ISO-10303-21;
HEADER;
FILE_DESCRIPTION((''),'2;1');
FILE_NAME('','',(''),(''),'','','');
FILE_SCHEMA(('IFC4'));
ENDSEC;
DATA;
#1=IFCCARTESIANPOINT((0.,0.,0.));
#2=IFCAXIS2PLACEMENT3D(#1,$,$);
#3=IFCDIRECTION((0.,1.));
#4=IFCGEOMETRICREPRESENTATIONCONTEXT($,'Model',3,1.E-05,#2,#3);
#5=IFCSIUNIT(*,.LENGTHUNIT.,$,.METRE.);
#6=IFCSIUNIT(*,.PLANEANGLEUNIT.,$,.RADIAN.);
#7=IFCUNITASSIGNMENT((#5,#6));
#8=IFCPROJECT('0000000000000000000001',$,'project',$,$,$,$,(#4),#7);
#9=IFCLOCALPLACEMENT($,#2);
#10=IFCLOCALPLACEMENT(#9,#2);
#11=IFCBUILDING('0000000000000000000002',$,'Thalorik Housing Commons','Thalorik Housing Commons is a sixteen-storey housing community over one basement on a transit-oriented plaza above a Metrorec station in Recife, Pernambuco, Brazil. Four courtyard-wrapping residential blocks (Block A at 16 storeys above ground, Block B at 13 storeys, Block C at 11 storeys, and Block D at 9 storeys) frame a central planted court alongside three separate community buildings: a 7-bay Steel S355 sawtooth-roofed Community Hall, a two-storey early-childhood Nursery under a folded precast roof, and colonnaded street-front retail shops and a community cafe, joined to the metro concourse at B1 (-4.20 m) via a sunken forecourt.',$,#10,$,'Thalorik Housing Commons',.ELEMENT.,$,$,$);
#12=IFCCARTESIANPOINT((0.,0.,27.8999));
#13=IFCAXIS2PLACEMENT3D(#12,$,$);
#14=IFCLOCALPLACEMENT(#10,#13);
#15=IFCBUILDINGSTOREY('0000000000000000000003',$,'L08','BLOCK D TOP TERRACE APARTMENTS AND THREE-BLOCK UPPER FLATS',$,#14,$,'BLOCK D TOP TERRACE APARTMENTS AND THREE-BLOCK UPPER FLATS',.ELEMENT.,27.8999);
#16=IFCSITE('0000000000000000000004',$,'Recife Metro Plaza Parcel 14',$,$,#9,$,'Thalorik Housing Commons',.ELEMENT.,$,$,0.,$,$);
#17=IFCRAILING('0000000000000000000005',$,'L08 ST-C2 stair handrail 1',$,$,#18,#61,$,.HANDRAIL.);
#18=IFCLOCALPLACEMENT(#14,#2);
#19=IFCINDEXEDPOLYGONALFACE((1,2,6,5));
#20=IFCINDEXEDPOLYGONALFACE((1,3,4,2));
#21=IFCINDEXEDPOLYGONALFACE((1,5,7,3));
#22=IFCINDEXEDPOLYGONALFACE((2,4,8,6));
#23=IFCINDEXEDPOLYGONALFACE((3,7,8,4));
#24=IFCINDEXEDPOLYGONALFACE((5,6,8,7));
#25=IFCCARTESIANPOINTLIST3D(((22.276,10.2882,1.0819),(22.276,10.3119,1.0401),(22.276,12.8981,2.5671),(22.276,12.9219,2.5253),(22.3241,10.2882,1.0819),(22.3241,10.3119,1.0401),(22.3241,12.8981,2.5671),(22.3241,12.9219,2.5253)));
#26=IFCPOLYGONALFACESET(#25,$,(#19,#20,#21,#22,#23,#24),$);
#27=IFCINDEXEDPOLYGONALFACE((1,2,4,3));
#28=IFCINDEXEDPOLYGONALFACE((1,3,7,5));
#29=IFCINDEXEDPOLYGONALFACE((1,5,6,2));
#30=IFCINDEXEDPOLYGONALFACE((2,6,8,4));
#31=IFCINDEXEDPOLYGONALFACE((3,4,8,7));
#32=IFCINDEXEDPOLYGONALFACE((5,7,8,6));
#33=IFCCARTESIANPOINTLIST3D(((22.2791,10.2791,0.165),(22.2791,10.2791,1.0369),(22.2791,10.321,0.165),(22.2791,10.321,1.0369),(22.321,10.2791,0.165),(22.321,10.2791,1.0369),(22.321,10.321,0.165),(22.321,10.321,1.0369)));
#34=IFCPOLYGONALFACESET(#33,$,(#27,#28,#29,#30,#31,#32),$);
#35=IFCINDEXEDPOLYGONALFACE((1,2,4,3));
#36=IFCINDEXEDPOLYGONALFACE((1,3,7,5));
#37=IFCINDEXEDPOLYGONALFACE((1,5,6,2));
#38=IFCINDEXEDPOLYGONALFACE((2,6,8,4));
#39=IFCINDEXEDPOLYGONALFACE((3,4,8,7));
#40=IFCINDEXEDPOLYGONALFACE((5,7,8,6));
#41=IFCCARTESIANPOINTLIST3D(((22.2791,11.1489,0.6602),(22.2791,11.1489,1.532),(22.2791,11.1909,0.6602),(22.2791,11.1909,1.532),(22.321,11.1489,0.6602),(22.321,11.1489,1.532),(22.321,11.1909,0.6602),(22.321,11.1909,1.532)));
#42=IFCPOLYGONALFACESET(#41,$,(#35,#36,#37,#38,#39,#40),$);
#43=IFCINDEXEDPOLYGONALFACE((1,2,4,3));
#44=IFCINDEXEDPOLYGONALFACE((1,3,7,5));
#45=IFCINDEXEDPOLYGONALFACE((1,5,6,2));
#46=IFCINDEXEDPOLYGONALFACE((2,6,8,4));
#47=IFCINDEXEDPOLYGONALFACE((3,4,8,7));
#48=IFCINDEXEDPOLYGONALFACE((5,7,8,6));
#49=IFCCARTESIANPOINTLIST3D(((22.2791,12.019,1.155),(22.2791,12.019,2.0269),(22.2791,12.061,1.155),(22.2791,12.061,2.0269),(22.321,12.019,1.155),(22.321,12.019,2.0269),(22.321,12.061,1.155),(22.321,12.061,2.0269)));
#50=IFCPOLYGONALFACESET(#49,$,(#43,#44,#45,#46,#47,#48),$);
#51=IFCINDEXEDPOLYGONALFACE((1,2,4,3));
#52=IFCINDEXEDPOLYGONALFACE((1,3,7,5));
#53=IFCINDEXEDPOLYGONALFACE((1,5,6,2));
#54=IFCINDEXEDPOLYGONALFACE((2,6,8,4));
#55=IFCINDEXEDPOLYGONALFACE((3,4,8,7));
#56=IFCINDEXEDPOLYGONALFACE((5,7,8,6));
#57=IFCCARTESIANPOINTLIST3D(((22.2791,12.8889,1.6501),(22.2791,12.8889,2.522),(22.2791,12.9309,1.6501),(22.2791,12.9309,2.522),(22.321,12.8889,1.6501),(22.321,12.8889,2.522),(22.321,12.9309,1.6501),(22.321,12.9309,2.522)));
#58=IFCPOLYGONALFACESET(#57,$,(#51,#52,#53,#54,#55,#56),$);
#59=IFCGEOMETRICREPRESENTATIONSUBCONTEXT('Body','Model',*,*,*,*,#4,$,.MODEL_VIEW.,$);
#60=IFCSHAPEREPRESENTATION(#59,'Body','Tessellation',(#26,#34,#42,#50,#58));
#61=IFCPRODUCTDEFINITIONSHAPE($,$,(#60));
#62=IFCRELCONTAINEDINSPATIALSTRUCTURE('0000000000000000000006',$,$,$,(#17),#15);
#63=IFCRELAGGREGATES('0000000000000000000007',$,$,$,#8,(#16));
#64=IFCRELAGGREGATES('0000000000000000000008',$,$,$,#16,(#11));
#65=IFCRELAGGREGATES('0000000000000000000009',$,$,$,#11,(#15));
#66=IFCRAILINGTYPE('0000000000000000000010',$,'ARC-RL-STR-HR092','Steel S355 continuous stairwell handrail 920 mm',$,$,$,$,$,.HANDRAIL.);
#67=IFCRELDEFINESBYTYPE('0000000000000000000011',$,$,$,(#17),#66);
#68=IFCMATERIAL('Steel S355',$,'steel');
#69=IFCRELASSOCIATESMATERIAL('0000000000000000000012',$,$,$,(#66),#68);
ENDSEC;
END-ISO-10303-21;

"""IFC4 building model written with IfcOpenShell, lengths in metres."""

from ifc_helpers import new_model, si_unit, direction, frame, origin, origin_2d, place, context, subcontext, project, spatial, rectangle, extrude, material, type_object, element, save


model = new_model("IFC4")

# Units and contexts
model_context = context("Model", 3, precision=1e-05, world=origin(), true_north=direction((0.0, 1.0)))
body_context = subcontext(model_context, "Body", "Model", "MODEL_VIEW")
ifc_project = project(units=[si_unit("LENGTHUNIT", "METRE"), si_unit("PLANEANGLEUNIT", "RADIAN")], contexts=[model_context])

# Site, building, storey
site_placement = place(None, origin())
site = spatial("IfcSite", under=ifc_project, at=site_placement, Name="Recife Metro Plaza Parcel 14", LongName="Thalorik Housing Commons", CompositionType="ELEMENT", RefElevation=0.0)
building_placement = place(site_placement, origin())
building = spatial("IfcBuilding", under=site, at=building_placement, Name="Thalorik Housing Commons", Description="Thalorik Housing Commons is a sixteen-storey housing community over one basement on a transit-oriented plaza above a Metrorec station in Recife, Pernambuco, Brazil. Four courtyard-wrapping residential blocks (Block A at 16 storeys above ground, Block B at 13 storeys, Block C at 11 storeys, and Block D at 9 storeys) frame a central planted court alongside three separate community buildings: a 7-bay Steel S355 sawtooth-roofed Community Hall, a two-storey early-childhood Nursery under a folded precast roof, and colonnaded street-front retail shops and a community cafe, joined to the metro concourse at B1 (-4.20 m) via a sunken forecourt.", LongName="Thalorik Housing Commons", CompositionType="ELEMENT")
storey_placement = place(building_placement, frame((0.0, 0.0, 27.8999)))
storey = spatial("IfcBuildingStorey", under=building, at=storey_placement, Name="L08", Description="BLOCK D TOP TERRACE APARTMENTS AND THREE-BLOCK UPPER FLATS", LongName="BLOCK D TOP TERRACE APARTMENTS AND THREE-BLOCK UPPER FLATS", CompositionType="ELEMENT", Elevation=27.8999)

# Shared definitions
ifc_material_1 = material(Name="Steel S355", Category="steel")

# Railing
railing_type_1 = type_object("IfcRailingType", Name="ARC-RL-STR-HR092", Description="Steel S355 continuous stairwell handrail 920 mm", PredefinedType="HANDRAIL", material=ifc_material_1)
railing_1_placement = place(storey_placement, frame((22.3, 10.3, 0.165)))
element("IfcRailing", 1, at=railing_1_placement, inside=storey, type_object=railing_type_1, Name="L08 ST-C2 stair handrail 1", PredefinedType="HANDRAIL", context=body_context, shape_type="SweptSolid", body=[
    extrude(rectangle(XDim=0.0481, YDim=0.0481, at=origin_2d()), frame((0.0, 0.0, 0.896), z_axis=(0.0, 0.869137, 0.494571), x_axis=(-1.0, 0.0, 0.0)), (0.0, 0.0, 1.0), 3.0029),
    extrude(rectangle(XDim=0.042, YDim=0.042, at=origin_2d()), origin(), (0.0, 0.0, 1.0), 0.8718),
    extrude(rectangle(XDim=0.042, YDim=0.042, at=origin_2d()), frame((0.0, 0.8699, 0.4951)), (0.0, 0.0, 1.0), 0.8718),
    extrude(rectangle(XDim=0.042, YDim=0.042, at=origin_2d()), frame((0.0, 1.74, 0.99)), (0.0, 0.0, 1.0), 0.8718),
    extrude(rectangle(XDim=0.042, YDim=0.042, at=origin_2d()), frame((0.0, 2.6099, 1.4851)), (0.0, 0.0, 1.0), 0.8718),
])

save(model, "model.ifc")
